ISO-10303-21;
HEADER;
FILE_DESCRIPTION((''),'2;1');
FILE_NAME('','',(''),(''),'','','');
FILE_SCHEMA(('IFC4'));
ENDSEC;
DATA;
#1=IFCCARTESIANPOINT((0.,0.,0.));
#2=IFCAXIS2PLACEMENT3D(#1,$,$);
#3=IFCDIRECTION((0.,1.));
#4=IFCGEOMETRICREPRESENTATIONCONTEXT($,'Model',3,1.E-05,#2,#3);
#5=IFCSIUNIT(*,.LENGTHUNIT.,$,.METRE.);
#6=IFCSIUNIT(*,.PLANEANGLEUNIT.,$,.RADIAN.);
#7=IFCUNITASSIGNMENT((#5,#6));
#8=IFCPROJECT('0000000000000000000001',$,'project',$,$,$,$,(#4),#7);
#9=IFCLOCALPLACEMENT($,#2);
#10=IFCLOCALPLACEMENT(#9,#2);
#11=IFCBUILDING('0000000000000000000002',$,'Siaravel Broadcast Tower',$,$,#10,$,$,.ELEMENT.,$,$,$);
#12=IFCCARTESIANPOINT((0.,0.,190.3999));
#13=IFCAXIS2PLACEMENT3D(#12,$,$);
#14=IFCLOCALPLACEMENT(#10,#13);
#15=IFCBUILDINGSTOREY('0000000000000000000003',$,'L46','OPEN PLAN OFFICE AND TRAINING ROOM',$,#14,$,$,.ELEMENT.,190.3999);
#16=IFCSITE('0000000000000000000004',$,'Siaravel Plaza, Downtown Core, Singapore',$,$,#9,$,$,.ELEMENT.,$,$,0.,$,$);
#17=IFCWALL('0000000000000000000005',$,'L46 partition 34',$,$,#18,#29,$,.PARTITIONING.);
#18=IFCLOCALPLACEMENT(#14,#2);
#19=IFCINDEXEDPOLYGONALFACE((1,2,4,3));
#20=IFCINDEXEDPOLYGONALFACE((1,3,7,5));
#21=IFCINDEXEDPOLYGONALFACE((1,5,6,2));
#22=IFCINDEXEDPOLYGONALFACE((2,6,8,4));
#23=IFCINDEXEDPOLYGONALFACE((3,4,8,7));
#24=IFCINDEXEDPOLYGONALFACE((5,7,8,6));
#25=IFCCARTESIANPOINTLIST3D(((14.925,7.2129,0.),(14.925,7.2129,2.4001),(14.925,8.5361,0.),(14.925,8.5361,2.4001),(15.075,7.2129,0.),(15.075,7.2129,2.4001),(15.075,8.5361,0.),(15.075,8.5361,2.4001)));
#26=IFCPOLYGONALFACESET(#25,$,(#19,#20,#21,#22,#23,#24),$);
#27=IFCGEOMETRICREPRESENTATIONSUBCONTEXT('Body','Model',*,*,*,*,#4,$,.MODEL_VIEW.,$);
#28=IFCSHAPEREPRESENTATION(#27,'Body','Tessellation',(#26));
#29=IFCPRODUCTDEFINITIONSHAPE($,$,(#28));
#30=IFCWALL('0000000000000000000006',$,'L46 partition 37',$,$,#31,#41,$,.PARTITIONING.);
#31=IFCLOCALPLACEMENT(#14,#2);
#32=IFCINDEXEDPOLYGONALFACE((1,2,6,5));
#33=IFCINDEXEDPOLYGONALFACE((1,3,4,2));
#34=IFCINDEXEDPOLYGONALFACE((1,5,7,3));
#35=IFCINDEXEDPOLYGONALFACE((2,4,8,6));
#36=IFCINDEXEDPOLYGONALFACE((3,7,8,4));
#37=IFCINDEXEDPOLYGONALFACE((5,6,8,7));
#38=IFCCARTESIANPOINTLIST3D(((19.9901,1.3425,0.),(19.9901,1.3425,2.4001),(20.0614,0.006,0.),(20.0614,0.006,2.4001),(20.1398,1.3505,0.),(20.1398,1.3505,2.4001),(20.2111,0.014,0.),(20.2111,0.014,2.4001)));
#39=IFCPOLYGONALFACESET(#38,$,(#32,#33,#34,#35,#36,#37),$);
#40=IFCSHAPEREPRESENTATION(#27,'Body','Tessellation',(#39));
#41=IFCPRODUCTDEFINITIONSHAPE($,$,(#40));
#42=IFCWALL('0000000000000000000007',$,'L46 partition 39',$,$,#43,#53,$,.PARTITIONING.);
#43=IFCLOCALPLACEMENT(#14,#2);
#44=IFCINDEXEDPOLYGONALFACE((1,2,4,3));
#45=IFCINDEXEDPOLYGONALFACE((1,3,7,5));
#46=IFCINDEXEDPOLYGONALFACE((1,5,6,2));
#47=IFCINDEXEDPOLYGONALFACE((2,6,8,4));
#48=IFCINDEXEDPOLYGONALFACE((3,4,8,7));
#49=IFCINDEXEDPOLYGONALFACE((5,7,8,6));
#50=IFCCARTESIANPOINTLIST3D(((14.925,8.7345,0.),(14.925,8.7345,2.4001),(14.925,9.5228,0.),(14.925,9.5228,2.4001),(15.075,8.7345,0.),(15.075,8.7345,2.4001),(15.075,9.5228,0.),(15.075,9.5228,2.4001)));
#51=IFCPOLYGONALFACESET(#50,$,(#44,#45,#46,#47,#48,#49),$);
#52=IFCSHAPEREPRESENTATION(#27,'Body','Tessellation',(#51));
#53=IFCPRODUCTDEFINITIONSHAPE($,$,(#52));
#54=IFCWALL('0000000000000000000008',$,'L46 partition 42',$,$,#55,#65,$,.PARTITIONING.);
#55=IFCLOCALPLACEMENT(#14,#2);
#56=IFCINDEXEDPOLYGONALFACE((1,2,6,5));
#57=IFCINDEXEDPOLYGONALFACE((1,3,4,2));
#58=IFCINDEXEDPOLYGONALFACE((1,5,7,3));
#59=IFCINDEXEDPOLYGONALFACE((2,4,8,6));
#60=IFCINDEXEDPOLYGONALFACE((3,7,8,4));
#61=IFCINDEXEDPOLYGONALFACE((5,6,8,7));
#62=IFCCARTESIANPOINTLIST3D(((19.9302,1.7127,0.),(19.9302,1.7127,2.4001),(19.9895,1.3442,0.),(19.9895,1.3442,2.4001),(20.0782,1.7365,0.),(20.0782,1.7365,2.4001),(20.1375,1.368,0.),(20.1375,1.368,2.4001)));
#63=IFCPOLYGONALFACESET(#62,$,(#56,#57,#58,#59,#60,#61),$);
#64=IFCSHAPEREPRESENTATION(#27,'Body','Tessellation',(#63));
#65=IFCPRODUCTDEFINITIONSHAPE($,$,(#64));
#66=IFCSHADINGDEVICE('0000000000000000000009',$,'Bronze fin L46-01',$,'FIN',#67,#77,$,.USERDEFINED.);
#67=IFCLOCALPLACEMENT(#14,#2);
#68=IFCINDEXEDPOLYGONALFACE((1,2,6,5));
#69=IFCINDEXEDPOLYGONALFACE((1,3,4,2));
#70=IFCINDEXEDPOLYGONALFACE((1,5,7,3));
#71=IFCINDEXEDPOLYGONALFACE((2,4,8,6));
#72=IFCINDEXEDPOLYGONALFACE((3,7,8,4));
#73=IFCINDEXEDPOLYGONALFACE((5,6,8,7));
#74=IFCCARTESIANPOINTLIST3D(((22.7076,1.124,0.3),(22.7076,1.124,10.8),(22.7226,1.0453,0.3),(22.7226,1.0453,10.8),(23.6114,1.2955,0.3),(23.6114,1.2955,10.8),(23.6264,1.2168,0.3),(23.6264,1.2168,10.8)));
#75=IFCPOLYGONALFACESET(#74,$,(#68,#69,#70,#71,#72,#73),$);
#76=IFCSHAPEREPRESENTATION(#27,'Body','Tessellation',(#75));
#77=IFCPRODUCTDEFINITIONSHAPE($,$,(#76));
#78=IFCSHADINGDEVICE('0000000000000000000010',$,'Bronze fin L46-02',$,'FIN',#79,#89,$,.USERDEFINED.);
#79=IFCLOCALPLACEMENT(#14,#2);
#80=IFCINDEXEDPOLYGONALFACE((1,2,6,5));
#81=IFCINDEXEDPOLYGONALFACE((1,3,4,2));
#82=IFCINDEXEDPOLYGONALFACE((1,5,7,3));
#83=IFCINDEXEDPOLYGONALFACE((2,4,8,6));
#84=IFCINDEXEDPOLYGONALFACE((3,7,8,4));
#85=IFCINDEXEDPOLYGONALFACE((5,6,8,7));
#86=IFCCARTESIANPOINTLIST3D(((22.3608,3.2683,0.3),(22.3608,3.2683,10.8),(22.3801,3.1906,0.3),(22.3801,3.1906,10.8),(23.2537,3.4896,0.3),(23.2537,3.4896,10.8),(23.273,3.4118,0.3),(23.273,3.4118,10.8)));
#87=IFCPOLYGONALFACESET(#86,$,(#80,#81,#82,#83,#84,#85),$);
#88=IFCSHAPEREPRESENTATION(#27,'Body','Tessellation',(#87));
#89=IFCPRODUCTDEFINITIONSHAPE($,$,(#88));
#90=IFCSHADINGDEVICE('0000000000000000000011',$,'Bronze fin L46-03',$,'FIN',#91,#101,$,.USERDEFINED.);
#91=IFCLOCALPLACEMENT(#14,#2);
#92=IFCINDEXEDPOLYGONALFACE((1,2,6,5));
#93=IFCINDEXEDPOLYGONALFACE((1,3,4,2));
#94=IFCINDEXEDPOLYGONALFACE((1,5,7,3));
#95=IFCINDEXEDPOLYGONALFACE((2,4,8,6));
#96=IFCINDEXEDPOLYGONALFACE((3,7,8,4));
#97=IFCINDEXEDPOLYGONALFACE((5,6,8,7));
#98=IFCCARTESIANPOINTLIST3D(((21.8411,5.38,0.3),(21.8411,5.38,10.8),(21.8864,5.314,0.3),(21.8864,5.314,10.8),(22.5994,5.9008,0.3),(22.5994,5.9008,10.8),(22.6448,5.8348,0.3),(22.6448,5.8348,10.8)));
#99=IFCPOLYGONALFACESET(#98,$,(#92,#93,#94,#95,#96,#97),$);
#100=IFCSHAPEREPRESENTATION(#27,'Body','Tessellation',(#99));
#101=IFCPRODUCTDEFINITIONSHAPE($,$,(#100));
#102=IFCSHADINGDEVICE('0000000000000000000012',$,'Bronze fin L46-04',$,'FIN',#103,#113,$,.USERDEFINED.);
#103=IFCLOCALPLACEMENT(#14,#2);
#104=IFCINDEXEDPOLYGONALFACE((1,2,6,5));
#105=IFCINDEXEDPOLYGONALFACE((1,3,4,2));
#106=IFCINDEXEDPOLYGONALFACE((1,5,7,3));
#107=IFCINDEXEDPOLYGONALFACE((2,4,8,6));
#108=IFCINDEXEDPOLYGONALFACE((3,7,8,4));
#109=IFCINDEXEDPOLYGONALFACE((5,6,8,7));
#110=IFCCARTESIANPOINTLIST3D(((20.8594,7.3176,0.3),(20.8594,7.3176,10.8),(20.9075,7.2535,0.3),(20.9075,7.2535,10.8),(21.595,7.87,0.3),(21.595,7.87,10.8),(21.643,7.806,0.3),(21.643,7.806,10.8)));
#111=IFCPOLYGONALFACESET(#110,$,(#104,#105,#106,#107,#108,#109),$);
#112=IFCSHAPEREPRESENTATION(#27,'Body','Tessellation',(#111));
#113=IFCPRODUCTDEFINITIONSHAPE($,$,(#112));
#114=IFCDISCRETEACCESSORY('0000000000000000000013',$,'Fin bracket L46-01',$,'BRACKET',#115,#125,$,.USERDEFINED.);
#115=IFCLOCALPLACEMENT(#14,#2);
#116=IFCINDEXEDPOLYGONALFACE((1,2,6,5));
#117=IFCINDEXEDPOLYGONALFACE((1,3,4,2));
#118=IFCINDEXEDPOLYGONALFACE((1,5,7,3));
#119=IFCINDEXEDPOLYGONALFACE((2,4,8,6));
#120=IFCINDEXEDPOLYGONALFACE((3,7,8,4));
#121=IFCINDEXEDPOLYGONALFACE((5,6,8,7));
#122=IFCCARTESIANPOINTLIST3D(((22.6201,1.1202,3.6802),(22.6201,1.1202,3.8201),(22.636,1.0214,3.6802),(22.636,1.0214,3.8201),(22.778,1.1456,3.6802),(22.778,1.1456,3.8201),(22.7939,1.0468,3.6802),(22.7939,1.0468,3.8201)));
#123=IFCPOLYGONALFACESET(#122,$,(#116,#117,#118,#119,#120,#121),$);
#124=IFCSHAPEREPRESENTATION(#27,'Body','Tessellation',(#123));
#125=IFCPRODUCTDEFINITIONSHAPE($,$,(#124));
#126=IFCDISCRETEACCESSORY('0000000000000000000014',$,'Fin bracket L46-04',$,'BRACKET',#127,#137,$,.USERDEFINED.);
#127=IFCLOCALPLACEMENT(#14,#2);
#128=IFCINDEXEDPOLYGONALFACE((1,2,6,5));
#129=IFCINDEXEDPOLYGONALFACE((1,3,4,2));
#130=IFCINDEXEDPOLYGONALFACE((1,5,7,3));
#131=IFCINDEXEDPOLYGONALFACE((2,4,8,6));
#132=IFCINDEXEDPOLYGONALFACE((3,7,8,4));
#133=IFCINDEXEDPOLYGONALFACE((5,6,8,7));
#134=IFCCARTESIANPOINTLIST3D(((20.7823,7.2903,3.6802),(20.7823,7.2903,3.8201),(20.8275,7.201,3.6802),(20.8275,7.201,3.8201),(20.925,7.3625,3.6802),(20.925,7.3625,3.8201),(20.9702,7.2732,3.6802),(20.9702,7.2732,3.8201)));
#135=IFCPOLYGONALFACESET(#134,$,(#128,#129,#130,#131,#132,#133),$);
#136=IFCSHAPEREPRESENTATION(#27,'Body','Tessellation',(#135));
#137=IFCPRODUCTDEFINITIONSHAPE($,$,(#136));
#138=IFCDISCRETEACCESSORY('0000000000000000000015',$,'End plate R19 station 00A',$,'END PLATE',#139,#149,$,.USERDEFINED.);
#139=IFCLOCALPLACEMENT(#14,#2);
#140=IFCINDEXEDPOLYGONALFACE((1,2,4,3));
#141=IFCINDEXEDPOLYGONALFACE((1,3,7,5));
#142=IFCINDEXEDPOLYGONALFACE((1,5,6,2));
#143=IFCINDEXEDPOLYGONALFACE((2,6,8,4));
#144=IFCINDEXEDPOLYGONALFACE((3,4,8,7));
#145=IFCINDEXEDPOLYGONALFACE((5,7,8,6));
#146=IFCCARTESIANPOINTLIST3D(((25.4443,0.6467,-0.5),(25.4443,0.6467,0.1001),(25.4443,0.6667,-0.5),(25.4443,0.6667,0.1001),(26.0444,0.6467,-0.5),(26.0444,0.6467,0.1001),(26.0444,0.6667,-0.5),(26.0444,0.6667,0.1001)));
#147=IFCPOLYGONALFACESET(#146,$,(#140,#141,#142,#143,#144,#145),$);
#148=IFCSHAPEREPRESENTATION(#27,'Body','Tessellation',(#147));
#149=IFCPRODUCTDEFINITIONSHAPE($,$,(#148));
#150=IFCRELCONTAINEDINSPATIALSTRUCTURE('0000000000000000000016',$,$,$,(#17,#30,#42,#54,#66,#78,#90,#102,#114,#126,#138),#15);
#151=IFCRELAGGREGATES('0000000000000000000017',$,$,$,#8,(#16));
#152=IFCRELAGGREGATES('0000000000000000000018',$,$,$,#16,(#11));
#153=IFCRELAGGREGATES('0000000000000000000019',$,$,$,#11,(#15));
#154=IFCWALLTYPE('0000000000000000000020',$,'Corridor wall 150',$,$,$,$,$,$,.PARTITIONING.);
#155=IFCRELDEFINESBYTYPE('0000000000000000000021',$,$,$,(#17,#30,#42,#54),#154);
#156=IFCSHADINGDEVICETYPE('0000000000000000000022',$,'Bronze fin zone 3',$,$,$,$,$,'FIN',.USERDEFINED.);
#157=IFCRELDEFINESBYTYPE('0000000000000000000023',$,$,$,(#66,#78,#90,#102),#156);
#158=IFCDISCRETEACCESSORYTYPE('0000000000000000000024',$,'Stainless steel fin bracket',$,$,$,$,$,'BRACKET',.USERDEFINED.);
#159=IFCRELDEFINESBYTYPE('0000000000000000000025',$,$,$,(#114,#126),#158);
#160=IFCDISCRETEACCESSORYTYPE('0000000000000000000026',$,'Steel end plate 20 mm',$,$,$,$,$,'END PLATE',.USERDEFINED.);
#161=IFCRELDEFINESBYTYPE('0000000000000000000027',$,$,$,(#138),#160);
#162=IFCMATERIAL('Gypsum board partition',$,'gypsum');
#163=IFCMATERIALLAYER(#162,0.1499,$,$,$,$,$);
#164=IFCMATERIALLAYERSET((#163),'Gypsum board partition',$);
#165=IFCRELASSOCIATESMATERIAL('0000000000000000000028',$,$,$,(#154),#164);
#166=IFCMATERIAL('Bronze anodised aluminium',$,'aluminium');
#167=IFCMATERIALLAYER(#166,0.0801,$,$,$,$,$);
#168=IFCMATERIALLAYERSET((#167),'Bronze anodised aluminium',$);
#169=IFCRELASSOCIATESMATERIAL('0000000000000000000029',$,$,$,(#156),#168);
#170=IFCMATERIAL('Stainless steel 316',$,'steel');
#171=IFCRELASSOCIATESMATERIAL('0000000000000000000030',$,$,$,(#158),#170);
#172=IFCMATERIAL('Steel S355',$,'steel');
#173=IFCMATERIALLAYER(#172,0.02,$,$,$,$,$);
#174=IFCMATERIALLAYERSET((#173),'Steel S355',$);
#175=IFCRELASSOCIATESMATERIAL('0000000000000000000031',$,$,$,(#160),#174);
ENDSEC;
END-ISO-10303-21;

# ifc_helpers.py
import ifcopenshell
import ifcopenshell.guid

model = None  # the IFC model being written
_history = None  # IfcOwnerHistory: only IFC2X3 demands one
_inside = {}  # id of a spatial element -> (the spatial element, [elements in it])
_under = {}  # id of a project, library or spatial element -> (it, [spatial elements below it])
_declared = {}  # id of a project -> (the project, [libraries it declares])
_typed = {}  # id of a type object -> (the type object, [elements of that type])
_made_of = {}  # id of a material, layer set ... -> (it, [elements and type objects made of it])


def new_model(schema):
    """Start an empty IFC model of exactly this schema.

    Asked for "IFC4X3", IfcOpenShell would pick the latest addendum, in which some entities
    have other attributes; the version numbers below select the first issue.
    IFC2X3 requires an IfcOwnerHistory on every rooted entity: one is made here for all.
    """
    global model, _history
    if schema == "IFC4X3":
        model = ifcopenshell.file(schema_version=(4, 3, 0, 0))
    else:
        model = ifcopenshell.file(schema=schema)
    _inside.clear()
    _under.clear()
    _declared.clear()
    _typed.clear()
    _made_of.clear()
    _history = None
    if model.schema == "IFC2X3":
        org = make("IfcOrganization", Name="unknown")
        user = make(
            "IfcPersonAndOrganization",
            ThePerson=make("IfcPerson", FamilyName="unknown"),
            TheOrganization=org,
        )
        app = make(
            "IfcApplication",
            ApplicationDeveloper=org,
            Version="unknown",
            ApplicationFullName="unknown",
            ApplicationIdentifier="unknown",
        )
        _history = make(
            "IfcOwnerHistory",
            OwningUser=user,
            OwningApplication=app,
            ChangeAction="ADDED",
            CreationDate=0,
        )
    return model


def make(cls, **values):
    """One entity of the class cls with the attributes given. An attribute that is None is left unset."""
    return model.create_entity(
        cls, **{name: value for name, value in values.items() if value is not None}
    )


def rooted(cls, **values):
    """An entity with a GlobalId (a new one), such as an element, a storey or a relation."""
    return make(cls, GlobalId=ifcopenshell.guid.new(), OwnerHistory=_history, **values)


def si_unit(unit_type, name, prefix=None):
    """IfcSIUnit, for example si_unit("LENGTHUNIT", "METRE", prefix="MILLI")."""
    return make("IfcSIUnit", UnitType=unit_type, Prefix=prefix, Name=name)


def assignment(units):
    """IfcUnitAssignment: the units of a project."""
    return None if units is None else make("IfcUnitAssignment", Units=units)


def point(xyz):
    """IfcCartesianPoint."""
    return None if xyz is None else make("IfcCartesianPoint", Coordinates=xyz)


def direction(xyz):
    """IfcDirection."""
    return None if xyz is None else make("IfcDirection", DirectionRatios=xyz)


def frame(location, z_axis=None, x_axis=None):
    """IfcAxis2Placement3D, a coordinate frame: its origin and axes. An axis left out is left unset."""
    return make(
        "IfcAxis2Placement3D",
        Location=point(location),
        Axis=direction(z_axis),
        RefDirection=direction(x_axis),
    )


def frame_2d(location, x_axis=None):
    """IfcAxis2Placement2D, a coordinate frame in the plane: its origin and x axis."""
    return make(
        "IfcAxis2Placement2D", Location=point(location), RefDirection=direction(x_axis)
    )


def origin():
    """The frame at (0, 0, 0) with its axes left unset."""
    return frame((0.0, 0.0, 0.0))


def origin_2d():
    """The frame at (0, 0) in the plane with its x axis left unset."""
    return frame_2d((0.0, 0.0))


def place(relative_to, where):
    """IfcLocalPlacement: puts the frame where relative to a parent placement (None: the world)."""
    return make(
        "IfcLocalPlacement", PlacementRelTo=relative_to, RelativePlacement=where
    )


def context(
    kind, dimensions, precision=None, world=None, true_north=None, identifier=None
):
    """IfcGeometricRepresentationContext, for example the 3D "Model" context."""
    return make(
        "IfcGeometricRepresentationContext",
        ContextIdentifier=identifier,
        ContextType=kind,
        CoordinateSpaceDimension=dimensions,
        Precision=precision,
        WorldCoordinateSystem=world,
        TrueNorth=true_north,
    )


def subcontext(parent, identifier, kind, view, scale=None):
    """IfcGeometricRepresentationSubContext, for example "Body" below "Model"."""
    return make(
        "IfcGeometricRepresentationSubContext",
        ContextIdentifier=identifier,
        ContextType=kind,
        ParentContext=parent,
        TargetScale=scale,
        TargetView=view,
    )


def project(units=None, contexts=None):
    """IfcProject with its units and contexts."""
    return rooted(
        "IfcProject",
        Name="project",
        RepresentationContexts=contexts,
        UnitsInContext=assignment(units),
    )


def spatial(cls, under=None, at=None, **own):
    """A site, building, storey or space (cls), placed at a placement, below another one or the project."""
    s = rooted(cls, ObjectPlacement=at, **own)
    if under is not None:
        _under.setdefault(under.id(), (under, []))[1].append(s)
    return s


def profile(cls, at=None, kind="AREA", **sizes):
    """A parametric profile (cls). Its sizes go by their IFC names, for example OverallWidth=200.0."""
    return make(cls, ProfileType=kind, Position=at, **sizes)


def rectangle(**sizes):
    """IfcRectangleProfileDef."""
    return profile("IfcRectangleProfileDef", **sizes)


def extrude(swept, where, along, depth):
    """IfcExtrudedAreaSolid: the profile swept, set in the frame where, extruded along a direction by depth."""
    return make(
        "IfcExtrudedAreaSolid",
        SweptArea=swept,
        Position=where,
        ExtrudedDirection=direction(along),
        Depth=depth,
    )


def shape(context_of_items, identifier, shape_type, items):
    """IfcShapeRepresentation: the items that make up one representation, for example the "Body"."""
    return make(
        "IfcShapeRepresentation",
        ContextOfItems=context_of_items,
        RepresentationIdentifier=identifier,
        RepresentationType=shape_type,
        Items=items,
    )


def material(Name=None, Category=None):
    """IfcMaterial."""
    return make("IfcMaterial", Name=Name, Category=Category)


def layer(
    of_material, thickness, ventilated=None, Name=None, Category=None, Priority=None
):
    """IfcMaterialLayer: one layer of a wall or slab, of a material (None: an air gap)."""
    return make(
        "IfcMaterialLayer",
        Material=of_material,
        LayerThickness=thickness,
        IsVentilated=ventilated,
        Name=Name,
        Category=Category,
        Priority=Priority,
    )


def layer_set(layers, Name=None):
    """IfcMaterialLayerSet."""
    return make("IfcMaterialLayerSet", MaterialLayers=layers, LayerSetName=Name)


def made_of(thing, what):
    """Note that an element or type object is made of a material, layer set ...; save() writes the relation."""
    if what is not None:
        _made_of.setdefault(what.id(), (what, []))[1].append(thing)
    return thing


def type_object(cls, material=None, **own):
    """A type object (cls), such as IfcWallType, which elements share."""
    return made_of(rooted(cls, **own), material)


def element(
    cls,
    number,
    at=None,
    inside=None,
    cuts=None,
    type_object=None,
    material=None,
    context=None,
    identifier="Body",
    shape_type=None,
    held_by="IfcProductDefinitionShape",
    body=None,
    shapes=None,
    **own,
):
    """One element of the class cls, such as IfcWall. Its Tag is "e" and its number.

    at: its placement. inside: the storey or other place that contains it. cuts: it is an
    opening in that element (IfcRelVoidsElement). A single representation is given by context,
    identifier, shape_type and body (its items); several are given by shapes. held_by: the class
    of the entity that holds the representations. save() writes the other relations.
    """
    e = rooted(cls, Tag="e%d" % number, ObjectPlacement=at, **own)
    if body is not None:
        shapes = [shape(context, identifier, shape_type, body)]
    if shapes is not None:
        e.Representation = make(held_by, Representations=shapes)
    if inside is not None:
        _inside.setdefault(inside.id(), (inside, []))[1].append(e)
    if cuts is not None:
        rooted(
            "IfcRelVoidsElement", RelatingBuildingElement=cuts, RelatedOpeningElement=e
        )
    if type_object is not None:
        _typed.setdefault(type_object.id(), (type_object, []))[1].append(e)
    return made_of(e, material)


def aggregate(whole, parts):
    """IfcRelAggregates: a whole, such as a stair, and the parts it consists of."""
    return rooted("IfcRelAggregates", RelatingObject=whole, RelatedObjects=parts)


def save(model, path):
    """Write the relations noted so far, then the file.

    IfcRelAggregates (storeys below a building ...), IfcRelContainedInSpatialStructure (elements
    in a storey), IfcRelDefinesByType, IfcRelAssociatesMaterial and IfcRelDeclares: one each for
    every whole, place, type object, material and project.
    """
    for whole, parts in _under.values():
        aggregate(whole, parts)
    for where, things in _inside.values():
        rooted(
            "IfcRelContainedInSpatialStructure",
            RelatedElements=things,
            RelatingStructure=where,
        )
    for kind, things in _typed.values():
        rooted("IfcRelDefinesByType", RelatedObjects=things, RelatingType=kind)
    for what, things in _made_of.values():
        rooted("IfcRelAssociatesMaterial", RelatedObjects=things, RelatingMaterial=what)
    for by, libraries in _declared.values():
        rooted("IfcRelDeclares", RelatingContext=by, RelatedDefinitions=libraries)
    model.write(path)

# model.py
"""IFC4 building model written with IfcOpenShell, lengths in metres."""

from ifc_helpers import new_model, si_unit, direction, frame, frame_2d, origin, origin_2d, place, context, subcontext, project, spatial, rectangle, extrude, material, layer, layer_set, type_object, element, save


model = new_model("IFC4")

# Units and contexts
model_context = context("Model", 3, precision=1e-05, world=origin(), true_north=direction((0.0, 1.0)))
body_context = subcontext(model_context, "Body", "Model", "MODEL_VIEW")
ifc_project = project(units=[si_unit("LENGTHUNIT", "METRE"), si_unit("PLANEANGLEUNIT", "RADIAN")], contexts=[model_context])

# Site, building, storey
site_placement = place(None, origin())
site = spatial("IfcSite", under=ifc_project, at=site_placement, Name="Siaravel Plaza, Downtown Core, Singapore", CompositionType="ELEMENT", RefElevation=0.0)
building_placement = place(site_placement, origin())
building = spatial("IfcBuilding", under=site, at=building_placement, Name="Siaravel Broadcast Tower", CompositionType="ELEMENT")
storey_placement = place(building_placement, frame((0.0, 0.0, 190.3999)))
storey = spatial("IfcBuildingStorey", under=building, at=storey_placement, Name="L46", Description="OPEN PLAN OFFICE AND TRAINING ROOM", CompositionType="ELEMENT", Elevation=190.3999)

# Shared definitions
ifc_material_1 = material(Name="Steel S355", Category="steel")

# Shared definitions
ifc_material_2 = material(Name="Gypsum board partition", Category="gypsum")
ifc_layer_1 = layer(ifc_material_2, 0.1499)
ifc_layer_set_1 = layer_set([ifc_layer_1], Name="Gypsum board partition")
wall_type = type_object("IfcWallType", Name="Corridor wall 150", PredefinedType="PARTITIONING", material=ifc_layer_set_1)

# Walls
wall_1_placement = place(storey_placement, frame((15.0, 7.2129, 0.0), z_axis=(0.0, 0.0, 1.0), x_axis=(0.0, 1.0, 0.0)))
element("IfcWall", 1, at=wall_1_placement, inside=storey, type_object=wall_type, Name="L46 partition 34", PredefinedType="PARTITIONING", context=body_context, shape_type="SweptSolid", body=[
    extrude(rectangle(XDim=1.3232, YDim=0.1499, at=frame_2d((0.6616, 0.0))), origin(), (0.0, 0.0, 1.0), 2.4001),
])
wall_2_placement = place(storey_placement, frame((20.1362, 0.01, 0.0), z_axis=(0.0, 0.0, 1.0), x_axis=(-0.053267, 0.99858, 0.0)))
element("IfcWall", 2, at=wall_2_placement, inside=storey, type_object=wall_type, Name="L46 partition 37", PredefinedType="PARTITIONING", context=body_context, shape_type="SweptSolid", body=[
    extrude(rectangle(XDim=1.3384, YDim=0.1499, at=frame_2d((0.6692, 0.0))), origin(), (0.0, 0.0, 1.0), 2.4001),
])
wall_3_placement = place(storey_placement, frame((15.0, 8.7346, 0.0), z_axis=(0.0, 0.0, 1.0), x_axis=(0.0, 1.0, 0.0)))
element("IfcWall", 3, at=wall_3_placement, inside=storey, type_object=wall_type, Name="L46 partition 39", PredefinedType="PARTITIONING", context=body_context, shape_type="SweptSolid", body=[
    extrude(rectangle(XDim=0.7883, YDim=0.1499, at=frame_2d((0.394, 0.0))), origin(), (0.0, 0.0, 1.0), 2.4001),
])
wall_4_placement = place(storey_placement, frame((20.0635, 1.3562, 0.0), z_axis=(0.0, 0.0, 1.0), x_axis=(-0.158883, 0.987297, 0.0)))
element("IfcWall", 4, at=wall_4_placement, inside=storey, type_object=wall_type, Name="L46 partition 42", PredefinedType="PARTITIONING", context=body_context, shape_type="SweptSolid", body=[
    extrude(rectangle(XDim=0.3733, YDim=0.1499, at=frame_2d((0.1865, 0.0))), origin(), (0.0, 0.0, 1.0), 2.4001),
])

# Shading devices
ifc_material_3 = material(Name="Bronze anodised aluminium", Category="aluminium")
ifc_layer_2 = layer(ifc_material_3, 0.0801)
ifc_layer_set_2 = layer_set([ifc_layer_2], Name="Bronze anodised aluminium")
shading_device_type = type_object("IfcShadingDeviceType", Name="Bronze fin zone 3", ElementType="FIN", PredefinedType="USERDEFINED", material=ifc_layer_set_2)
for number, where, z_axis, x_axis, name in (
    (5, (23.167, 1.1704, 0.3), (0.0, 0.0, 1.0), (0.982468, 0.18643, 0.0), "Bronze fin L46-01"),
    (6, (22.8169, 3.3401, 0.3), (0.0, 0.0, 1.0), (0.970653, 0.240484, 0.0), "Bronze fin L46-02"),
    (7, (22.2429, 5.6074, 0.3), (0.0, 0.0, 1.0), (0.824341, 0.566094, 0.0), "Bronze fin L46-03"),
    (8, (21.2512, 7.5618, 0.3), (0.0, 0.0, 1.0), (0.799598, 0.600536, 0.0), "Bronze fin L46-04"),
):
    element("IfcShadingDevice", number, at=place(storey_placement, frame(where, z_axis=z_axis, x_axis=x_axis)), inside=storey, type_object=shading_device_type, Name=name, ObjectType="FIN", PredefinedType="USERDEFINED", context=body_context, shape_type="SweptSolid", body=[
        extrude(rectangle(XDim=0.9199, YDim=0.0801, at=origin_2d()), origin(), (0.0, 0.0, 1.0), 10.5),
    ])

# Discrete accessories
ifc_material_4 = material(Name="Stainless steel 316", Category="steel")
discrete_accessory_type_1 = type_object("IfcDiscreteAccessoryType", Name="Stainless steel fin bracket", ElementType="BRACKET", PredefinedType="USERDEFINED", material=ifc_material_4)
for number, where, z_axis, x_axis, name in (
    (9, (22.707, 1.0835, 3.6802), (0.0, 0.0, 1.0), (0.987329, 0.158685, 0.0), "Fin bracket L46-01"),
    (10, (20.8762, 7.2817, 3.6802), (0.0, 0.0, 1.0), (0.892392, 0.451261, 0.0), "Fin bracket L46-04"),
):
    element("IfcDiscreteAccessory", number, at=place(storey_placement, frame(where, z_axis=z_axis, x_axis=x_axis)), inside=storey, type_object=discrete_accessory_type_1, Name=name, ObjectType="BRACKET", PredefinedType="USERDEFINED", context=body_context, shape_type="SweptSolid", body=[
        extrude(rectangle(XDim=0.1599, YDim=0.1001, at=origin_2d()), origin(), (0.0, 0.0, 1.0), 0.1399),
    ])
ifc_layer_3 = layer(ifc_material_1, 0.02)
ifc_layer_set_3 = layer_set([ifc_layer_3], Name="Steel S355")
discrete_accessory_type_2 = type_object("IfcDiscreteAccessoryType", Name="Steel end plate 20 mm", ElementType="END PLATE", PredefinedType="USERDEFINED", material=ifc_layer_set_3)
discrete_accessory_placement = place(storey_placement, frame((25.7444, 0.6567, -0.5), z_axis=(0.0, 0.0, 1.0), x_axis=(0.0, 1.0, 0.0)))
element("IfcDiscreteAccessory", 11, at=discrete_accessory_placement, inside=storey, type_object=discrete_accessory_type_2, Name="End plate R19 station 00A", ObjectType="END PLATE", PredefinedType="USERDEFINED", context=body_context, shape_type="SweptSolid", body=[
    extrude(rectangle(XDim=0.02, YDim=0.6001, at=origin_2d()), origin(), (0.0, 0.0, 1.0), 0.6001),
])

save(model, "model.ifc")
